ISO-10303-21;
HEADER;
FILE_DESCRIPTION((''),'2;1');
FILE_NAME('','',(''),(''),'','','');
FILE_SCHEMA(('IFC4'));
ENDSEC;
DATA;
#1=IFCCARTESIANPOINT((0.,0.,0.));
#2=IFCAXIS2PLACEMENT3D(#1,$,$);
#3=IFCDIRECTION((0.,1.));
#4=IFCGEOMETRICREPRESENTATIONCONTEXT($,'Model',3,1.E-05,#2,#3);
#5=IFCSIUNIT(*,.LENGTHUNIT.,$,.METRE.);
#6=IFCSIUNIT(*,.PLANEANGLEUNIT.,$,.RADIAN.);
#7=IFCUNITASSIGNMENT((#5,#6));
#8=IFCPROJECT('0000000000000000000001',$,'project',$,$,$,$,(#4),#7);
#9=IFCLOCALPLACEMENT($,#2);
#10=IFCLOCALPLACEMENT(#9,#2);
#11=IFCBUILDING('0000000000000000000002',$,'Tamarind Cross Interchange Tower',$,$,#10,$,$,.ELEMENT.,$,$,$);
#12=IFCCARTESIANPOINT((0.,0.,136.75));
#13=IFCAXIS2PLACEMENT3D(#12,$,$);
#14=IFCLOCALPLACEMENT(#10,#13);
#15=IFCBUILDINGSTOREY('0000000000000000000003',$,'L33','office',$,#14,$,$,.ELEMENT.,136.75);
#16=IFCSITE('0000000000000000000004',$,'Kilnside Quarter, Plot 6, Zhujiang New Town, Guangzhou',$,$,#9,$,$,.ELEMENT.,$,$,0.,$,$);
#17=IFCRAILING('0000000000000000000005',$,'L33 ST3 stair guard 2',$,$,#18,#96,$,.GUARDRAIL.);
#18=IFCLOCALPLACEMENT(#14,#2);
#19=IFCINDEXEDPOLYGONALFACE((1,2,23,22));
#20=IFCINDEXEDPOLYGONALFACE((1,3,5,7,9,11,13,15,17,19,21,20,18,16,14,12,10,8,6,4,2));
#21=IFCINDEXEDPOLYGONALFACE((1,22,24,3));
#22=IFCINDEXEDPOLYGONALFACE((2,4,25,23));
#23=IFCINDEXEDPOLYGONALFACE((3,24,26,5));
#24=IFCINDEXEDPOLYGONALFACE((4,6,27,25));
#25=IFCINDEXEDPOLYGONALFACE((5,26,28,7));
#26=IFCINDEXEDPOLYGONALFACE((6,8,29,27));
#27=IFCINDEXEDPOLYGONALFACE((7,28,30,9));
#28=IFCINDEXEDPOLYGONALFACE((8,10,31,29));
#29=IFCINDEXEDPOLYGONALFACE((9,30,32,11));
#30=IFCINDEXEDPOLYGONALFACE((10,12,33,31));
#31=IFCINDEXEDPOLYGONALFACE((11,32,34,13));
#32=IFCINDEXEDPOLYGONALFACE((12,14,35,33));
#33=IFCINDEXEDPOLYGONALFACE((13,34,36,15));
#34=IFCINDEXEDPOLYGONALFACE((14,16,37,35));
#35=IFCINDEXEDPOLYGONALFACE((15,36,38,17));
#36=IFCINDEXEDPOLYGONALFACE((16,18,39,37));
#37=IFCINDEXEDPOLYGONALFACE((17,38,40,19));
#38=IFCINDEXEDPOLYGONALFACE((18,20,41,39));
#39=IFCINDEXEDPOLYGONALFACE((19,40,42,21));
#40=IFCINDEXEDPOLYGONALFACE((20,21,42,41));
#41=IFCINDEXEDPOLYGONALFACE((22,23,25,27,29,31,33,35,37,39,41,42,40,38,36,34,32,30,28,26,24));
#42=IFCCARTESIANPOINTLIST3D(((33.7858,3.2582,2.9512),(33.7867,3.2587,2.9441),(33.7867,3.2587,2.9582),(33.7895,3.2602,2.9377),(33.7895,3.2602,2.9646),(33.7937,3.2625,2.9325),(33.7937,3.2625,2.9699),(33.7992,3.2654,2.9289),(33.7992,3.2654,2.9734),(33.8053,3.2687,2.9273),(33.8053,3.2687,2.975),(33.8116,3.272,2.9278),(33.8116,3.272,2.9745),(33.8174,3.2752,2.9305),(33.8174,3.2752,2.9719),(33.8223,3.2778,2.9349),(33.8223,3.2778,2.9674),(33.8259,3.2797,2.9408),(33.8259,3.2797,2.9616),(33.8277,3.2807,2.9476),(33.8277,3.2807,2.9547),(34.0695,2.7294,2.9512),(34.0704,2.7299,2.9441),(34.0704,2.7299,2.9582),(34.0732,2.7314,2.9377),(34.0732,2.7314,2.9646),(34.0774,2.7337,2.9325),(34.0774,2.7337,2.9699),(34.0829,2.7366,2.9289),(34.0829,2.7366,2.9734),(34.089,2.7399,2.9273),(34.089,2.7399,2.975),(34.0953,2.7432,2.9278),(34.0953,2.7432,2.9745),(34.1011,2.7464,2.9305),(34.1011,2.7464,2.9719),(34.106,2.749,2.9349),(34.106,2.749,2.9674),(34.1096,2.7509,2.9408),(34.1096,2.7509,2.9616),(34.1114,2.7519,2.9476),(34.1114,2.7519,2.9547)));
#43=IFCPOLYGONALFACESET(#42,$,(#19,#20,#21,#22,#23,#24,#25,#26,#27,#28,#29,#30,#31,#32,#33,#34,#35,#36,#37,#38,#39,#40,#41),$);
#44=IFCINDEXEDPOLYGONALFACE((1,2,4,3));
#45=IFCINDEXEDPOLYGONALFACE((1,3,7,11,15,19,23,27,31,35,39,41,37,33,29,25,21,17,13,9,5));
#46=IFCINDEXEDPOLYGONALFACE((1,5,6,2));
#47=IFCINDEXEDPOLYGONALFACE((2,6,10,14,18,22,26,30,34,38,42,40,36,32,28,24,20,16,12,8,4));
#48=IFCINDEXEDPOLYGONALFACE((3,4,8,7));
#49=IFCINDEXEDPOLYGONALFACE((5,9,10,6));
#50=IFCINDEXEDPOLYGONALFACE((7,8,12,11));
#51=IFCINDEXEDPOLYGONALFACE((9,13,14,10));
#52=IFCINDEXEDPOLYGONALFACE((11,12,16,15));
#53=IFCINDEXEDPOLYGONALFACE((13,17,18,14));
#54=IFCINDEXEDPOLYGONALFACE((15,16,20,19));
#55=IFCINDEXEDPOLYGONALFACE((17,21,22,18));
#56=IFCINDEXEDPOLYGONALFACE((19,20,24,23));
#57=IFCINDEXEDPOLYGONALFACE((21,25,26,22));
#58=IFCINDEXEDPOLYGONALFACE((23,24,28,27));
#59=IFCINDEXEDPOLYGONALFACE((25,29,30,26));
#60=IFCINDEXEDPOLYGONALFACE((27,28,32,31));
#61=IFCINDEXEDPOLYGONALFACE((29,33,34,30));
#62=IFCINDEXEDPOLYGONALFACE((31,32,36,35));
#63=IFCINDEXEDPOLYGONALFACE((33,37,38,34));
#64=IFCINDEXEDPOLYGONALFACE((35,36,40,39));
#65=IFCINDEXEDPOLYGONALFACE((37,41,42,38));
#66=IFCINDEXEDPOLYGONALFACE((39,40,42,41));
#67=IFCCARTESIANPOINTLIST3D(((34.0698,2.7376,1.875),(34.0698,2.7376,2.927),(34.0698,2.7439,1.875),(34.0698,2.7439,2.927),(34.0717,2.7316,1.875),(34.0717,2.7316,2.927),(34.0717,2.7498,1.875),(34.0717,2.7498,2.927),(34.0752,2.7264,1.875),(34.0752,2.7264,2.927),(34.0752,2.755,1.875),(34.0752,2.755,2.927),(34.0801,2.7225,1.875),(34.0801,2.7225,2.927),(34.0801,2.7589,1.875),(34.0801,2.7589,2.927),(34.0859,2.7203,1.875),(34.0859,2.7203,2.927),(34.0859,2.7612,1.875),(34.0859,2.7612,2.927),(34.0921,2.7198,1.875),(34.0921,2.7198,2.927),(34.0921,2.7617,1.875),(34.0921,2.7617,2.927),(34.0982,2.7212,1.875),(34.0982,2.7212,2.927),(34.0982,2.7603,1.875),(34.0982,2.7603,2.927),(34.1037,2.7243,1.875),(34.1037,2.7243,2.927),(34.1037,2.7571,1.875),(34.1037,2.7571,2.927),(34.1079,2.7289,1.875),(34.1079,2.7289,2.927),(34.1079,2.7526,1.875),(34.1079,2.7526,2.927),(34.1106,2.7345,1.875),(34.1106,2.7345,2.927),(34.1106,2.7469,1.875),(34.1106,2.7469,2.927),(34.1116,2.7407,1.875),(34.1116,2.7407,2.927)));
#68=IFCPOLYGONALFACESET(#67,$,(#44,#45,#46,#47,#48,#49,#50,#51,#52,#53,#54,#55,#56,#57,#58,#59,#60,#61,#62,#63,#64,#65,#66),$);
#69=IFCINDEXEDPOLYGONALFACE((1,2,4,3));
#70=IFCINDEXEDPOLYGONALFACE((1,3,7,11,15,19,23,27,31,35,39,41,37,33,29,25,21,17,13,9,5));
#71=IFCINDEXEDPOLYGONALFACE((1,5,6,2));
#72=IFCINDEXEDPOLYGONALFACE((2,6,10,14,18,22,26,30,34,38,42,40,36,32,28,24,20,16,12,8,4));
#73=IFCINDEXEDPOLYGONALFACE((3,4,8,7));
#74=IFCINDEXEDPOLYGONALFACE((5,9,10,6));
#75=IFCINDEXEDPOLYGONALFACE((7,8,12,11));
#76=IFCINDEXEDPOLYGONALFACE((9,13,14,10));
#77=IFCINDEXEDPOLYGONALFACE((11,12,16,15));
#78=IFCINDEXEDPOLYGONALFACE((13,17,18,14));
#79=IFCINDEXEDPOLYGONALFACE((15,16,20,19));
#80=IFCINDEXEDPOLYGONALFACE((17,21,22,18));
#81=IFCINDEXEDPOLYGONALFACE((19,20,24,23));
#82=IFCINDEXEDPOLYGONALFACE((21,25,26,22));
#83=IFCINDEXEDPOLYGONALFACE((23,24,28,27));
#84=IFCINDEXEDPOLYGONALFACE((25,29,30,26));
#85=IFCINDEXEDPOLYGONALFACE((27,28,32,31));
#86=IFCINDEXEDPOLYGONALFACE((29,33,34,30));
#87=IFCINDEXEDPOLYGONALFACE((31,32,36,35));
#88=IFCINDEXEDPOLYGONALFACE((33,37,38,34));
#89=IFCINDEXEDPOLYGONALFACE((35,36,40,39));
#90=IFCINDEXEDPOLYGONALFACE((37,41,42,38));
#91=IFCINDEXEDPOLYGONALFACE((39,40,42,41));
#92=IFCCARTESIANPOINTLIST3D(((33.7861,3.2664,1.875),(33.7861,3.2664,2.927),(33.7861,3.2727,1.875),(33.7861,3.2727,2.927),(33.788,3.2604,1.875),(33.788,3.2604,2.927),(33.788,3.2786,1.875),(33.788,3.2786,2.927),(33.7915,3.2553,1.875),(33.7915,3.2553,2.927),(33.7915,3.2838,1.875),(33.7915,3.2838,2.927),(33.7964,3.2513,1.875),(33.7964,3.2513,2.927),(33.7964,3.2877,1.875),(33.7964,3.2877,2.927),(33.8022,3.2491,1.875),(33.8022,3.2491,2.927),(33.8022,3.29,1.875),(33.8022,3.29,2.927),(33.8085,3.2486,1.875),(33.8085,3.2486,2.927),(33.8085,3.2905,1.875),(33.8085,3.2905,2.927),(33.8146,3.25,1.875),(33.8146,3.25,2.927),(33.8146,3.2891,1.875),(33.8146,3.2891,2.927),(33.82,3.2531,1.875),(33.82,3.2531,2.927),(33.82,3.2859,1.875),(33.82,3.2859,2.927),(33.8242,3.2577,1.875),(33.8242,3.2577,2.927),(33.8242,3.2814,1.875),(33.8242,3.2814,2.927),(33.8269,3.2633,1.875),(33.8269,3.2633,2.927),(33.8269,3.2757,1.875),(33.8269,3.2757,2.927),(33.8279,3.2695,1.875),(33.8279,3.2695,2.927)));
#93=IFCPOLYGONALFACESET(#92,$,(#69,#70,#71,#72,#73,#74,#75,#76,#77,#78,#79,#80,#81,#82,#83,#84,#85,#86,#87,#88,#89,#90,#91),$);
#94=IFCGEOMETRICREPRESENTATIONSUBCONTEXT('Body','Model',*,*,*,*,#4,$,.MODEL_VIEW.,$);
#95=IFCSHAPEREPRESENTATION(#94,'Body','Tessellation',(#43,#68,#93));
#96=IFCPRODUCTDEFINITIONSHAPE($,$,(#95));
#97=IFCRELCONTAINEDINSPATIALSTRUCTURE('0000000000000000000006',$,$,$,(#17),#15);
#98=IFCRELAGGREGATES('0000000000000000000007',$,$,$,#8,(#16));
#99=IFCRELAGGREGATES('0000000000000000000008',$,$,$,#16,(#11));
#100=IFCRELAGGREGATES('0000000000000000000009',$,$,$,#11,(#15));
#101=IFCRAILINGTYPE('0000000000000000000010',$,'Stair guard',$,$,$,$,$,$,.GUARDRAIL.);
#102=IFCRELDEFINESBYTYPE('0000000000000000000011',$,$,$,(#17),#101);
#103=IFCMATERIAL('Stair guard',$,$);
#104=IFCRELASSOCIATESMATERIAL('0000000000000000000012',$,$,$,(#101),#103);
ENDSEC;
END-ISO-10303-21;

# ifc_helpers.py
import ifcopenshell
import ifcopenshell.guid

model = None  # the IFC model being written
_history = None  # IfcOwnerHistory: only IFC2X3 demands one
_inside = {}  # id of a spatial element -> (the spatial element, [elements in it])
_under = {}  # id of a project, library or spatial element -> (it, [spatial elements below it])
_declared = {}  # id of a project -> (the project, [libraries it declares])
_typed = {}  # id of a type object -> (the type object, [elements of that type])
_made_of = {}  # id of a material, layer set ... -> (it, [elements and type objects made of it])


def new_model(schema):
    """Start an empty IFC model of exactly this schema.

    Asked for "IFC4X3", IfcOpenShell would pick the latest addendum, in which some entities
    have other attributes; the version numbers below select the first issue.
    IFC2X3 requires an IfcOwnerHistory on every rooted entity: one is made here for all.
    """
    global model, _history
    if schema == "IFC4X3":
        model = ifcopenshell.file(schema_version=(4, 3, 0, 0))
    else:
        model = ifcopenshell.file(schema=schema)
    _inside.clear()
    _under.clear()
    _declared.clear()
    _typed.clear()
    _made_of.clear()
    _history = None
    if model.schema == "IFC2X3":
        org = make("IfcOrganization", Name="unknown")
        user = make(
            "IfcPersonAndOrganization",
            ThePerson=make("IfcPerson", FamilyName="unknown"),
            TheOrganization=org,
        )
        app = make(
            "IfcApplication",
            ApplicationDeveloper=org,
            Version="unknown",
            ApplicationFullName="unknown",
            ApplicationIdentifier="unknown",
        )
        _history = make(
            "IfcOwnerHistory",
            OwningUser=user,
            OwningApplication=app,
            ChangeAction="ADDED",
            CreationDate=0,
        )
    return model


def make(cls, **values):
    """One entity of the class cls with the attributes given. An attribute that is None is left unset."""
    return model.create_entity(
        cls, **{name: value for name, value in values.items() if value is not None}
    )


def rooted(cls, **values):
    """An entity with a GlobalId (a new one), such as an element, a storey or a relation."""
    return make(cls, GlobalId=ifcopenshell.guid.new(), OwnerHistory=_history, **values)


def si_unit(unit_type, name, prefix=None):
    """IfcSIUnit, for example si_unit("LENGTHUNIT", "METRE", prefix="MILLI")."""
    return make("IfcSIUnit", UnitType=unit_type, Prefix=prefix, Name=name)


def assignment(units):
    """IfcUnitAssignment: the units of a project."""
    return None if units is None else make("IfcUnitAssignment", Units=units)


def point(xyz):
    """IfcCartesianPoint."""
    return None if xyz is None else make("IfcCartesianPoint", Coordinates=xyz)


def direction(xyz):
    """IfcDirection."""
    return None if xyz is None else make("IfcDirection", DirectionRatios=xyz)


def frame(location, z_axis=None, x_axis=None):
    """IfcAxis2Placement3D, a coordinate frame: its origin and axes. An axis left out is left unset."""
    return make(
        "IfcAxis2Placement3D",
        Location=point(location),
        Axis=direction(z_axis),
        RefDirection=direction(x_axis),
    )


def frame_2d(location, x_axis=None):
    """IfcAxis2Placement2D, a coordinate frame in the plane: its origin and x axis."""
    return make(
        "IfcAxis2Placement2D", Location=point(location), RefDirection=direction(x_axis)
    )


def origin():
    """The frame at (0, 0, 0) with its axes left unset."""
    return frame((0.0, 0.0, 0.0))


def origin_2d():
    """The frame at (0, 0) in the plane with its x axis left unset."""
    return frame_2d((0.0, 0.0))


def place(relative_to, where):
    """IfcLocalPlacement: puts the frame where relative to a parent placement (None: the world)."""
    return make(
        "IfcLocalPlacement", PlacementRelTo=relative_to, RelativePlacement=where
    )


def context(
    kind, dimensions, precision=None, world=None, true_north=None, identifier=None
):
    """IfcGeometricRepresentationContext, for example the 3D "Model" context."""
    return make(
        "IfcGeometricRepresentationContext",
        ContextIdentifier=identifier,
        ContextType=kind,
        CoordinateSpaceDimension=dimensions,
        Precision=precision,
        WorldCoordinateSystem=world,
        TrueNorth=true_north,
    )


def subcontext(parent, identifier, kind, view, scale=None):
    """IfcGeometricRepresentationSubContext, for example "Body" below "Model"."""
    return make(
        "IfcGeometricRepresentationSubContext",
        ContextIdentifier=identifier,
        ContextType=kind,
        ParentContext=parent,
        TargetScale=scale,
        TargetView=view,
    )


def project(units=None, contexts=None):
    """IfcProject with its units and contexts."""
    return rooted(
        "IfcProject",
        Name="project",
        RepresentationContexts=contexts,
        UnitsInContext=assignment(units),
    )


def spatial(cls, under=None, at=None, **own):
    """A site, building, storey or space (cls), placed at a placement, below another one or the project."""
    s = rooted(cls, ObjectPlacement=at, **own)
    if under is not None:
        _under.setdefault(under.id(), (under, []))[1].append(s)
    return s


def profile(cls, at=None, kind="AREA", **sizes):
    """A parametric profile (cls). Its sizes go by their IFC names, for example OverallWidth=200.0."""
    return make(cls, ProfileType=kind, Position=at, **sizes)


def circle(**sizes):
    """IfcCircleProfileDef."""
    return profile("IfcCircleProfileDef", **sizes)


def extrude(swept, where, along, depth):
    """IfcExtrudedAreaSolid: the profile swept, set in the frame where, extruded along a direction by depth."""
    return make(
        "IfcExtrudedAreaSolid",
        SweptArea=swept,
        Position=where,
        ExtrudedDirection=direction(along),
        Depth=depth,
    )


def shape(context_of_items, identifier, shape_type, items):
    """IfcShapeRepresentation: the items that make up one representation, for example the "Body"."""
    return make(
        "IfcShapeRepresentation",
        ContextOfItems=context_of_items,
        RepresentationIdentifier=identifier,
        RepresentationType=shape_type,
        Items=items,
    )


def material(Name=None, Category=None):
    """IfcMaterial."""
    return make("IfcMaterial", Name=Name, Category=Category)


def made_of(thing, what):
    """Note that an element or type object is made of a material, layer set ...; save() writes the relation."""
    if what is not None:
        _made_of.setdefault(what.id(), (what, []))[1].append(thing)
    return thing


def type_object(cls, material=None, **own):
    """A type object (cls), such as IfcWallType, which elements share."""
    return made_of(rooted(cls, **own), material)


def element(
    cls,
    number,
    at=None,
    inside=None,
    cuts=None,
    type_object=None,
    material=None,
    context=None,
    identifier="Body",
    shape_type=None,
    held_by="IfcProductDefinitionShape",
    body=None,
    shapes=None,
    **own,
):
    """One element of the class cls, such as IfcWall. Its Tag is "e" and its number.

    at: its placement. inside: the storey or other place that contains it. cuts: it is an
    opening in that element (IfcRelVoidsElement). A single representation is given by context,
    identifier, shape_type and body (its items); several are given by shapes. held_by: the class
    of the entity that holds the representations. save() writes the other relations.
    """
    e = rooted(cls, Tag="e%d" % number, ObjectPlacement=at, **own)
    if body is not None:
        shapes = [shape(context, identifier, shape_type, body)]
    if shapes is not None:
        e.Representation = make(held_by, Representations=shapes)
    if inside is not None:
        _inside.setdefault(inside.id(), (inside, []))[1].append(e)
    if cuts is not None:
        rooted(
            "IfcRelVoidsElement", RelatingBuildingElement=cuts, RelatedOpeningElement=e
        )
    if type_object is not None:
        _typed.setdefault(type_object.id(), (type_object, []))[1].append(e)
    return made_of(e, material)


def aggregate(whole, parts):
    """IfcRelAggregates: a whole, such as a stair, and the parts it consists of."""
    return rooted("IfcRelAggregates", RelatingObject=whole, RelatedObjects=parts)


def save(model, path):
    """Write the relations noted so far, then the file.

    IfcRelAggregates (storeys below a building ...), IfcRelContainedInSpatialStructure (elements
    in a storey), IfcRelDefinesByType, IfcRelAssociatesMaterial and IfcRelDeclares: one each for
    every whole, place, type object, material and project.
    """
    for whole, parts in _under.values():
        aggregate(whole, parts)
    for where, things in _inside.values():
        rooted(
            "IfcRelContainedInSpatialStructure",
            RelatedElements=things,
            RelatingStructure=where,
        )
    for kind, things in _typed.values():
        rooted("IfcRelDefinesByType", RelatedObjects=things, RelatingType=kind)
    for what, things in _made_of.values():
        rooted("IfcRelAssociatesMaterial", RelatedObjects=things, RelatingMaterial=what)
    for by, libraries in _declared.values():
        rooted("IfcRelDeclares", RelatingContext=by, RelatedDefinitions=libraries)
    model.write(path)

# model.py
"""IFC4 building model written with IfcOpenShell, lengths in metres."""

from ifc_helpers import new_model, si_unit, direction, frame, origin, origin_2d, place, context, subcontext, project, spatial, circle, extrude, material, type_object, element, save


model = new_model("IFC4")

# Units and contexts
model_context = context("Model", 3, precision=1e-05, world=origin(), true_north=direction((0.0, 1.0)))
body_context = subcontext(model_context, "Body", "Model", "MODEL_VIEW")
ifc_project = project(units=[si_unit("LENGTHUNIT", "METRE"), si_unit("PLANEANGLEUNIT", "RADIAN")], contexts=[model_context])

# Site, building, storey
site_placement = place(None, origin())
site = spatial("IfcSite", under=ifc_project, at=site_placement, Name="Kilnside Quarter, Plot 6, Zhujiang New Town, Guangzhou", CompositionType="ELEMENT", RefElevation=0.0)
building_placement = place(site_placement, origin())
building = spatial("IfcBuilding", under=site, at=building_placement, Name="Tamarind Cross Interchange Tower", CompositionType="ELEMENT")
storey_placement = place(building_placement, frame((0.0, 0.0, 136.75)))
storey = spatial("IfcBuildingStorey", under=building, at=storey_placement, Name="L33", Description="office", CompositionType="ELEMENT", Elevation=136.75)

# Railing
ifc_material_1 = material(Name="Stair guard")
railing_type_1 = type_object("IfcRailingType", Name="Stair guard", PredefinedType="GUARDRAIL", material=ifc_material_1)
railing_1_placement = place(storey_placement, frame((34.0906, 2.7407, 1.875)))
element("IfcRailing", 1, at=railing_1_placement, inside=storey, type_object=railing_type_1, Name="L33 ST3 stair guard 2", PredefinedType="GUARDRAIL", context=body_context, shape_type="SweptSolid", body=[
    extrude(circle(Radius=0.0239, at=origin_2d()), frame((0.0, 0.0, 1.0762), z_axis=(-0.472741, 0.881202, 0.0), x_axis=(-0.881202, -0.472741, 0.0)), (0.0, 0.0, 1.0), 0.6001),
    extrude(circle(Radius=0.021, at=origin_2d()), origin(), (0.0, 0.0, 1.0), 1.052),
    extrude(circle(Radius=0.021, at=origin_2d()), frame((-0.2837, 0.5288, 0.0)), (0.0, 0.0, 1.0), 1.052),
])

save(model, "model.ifc")
